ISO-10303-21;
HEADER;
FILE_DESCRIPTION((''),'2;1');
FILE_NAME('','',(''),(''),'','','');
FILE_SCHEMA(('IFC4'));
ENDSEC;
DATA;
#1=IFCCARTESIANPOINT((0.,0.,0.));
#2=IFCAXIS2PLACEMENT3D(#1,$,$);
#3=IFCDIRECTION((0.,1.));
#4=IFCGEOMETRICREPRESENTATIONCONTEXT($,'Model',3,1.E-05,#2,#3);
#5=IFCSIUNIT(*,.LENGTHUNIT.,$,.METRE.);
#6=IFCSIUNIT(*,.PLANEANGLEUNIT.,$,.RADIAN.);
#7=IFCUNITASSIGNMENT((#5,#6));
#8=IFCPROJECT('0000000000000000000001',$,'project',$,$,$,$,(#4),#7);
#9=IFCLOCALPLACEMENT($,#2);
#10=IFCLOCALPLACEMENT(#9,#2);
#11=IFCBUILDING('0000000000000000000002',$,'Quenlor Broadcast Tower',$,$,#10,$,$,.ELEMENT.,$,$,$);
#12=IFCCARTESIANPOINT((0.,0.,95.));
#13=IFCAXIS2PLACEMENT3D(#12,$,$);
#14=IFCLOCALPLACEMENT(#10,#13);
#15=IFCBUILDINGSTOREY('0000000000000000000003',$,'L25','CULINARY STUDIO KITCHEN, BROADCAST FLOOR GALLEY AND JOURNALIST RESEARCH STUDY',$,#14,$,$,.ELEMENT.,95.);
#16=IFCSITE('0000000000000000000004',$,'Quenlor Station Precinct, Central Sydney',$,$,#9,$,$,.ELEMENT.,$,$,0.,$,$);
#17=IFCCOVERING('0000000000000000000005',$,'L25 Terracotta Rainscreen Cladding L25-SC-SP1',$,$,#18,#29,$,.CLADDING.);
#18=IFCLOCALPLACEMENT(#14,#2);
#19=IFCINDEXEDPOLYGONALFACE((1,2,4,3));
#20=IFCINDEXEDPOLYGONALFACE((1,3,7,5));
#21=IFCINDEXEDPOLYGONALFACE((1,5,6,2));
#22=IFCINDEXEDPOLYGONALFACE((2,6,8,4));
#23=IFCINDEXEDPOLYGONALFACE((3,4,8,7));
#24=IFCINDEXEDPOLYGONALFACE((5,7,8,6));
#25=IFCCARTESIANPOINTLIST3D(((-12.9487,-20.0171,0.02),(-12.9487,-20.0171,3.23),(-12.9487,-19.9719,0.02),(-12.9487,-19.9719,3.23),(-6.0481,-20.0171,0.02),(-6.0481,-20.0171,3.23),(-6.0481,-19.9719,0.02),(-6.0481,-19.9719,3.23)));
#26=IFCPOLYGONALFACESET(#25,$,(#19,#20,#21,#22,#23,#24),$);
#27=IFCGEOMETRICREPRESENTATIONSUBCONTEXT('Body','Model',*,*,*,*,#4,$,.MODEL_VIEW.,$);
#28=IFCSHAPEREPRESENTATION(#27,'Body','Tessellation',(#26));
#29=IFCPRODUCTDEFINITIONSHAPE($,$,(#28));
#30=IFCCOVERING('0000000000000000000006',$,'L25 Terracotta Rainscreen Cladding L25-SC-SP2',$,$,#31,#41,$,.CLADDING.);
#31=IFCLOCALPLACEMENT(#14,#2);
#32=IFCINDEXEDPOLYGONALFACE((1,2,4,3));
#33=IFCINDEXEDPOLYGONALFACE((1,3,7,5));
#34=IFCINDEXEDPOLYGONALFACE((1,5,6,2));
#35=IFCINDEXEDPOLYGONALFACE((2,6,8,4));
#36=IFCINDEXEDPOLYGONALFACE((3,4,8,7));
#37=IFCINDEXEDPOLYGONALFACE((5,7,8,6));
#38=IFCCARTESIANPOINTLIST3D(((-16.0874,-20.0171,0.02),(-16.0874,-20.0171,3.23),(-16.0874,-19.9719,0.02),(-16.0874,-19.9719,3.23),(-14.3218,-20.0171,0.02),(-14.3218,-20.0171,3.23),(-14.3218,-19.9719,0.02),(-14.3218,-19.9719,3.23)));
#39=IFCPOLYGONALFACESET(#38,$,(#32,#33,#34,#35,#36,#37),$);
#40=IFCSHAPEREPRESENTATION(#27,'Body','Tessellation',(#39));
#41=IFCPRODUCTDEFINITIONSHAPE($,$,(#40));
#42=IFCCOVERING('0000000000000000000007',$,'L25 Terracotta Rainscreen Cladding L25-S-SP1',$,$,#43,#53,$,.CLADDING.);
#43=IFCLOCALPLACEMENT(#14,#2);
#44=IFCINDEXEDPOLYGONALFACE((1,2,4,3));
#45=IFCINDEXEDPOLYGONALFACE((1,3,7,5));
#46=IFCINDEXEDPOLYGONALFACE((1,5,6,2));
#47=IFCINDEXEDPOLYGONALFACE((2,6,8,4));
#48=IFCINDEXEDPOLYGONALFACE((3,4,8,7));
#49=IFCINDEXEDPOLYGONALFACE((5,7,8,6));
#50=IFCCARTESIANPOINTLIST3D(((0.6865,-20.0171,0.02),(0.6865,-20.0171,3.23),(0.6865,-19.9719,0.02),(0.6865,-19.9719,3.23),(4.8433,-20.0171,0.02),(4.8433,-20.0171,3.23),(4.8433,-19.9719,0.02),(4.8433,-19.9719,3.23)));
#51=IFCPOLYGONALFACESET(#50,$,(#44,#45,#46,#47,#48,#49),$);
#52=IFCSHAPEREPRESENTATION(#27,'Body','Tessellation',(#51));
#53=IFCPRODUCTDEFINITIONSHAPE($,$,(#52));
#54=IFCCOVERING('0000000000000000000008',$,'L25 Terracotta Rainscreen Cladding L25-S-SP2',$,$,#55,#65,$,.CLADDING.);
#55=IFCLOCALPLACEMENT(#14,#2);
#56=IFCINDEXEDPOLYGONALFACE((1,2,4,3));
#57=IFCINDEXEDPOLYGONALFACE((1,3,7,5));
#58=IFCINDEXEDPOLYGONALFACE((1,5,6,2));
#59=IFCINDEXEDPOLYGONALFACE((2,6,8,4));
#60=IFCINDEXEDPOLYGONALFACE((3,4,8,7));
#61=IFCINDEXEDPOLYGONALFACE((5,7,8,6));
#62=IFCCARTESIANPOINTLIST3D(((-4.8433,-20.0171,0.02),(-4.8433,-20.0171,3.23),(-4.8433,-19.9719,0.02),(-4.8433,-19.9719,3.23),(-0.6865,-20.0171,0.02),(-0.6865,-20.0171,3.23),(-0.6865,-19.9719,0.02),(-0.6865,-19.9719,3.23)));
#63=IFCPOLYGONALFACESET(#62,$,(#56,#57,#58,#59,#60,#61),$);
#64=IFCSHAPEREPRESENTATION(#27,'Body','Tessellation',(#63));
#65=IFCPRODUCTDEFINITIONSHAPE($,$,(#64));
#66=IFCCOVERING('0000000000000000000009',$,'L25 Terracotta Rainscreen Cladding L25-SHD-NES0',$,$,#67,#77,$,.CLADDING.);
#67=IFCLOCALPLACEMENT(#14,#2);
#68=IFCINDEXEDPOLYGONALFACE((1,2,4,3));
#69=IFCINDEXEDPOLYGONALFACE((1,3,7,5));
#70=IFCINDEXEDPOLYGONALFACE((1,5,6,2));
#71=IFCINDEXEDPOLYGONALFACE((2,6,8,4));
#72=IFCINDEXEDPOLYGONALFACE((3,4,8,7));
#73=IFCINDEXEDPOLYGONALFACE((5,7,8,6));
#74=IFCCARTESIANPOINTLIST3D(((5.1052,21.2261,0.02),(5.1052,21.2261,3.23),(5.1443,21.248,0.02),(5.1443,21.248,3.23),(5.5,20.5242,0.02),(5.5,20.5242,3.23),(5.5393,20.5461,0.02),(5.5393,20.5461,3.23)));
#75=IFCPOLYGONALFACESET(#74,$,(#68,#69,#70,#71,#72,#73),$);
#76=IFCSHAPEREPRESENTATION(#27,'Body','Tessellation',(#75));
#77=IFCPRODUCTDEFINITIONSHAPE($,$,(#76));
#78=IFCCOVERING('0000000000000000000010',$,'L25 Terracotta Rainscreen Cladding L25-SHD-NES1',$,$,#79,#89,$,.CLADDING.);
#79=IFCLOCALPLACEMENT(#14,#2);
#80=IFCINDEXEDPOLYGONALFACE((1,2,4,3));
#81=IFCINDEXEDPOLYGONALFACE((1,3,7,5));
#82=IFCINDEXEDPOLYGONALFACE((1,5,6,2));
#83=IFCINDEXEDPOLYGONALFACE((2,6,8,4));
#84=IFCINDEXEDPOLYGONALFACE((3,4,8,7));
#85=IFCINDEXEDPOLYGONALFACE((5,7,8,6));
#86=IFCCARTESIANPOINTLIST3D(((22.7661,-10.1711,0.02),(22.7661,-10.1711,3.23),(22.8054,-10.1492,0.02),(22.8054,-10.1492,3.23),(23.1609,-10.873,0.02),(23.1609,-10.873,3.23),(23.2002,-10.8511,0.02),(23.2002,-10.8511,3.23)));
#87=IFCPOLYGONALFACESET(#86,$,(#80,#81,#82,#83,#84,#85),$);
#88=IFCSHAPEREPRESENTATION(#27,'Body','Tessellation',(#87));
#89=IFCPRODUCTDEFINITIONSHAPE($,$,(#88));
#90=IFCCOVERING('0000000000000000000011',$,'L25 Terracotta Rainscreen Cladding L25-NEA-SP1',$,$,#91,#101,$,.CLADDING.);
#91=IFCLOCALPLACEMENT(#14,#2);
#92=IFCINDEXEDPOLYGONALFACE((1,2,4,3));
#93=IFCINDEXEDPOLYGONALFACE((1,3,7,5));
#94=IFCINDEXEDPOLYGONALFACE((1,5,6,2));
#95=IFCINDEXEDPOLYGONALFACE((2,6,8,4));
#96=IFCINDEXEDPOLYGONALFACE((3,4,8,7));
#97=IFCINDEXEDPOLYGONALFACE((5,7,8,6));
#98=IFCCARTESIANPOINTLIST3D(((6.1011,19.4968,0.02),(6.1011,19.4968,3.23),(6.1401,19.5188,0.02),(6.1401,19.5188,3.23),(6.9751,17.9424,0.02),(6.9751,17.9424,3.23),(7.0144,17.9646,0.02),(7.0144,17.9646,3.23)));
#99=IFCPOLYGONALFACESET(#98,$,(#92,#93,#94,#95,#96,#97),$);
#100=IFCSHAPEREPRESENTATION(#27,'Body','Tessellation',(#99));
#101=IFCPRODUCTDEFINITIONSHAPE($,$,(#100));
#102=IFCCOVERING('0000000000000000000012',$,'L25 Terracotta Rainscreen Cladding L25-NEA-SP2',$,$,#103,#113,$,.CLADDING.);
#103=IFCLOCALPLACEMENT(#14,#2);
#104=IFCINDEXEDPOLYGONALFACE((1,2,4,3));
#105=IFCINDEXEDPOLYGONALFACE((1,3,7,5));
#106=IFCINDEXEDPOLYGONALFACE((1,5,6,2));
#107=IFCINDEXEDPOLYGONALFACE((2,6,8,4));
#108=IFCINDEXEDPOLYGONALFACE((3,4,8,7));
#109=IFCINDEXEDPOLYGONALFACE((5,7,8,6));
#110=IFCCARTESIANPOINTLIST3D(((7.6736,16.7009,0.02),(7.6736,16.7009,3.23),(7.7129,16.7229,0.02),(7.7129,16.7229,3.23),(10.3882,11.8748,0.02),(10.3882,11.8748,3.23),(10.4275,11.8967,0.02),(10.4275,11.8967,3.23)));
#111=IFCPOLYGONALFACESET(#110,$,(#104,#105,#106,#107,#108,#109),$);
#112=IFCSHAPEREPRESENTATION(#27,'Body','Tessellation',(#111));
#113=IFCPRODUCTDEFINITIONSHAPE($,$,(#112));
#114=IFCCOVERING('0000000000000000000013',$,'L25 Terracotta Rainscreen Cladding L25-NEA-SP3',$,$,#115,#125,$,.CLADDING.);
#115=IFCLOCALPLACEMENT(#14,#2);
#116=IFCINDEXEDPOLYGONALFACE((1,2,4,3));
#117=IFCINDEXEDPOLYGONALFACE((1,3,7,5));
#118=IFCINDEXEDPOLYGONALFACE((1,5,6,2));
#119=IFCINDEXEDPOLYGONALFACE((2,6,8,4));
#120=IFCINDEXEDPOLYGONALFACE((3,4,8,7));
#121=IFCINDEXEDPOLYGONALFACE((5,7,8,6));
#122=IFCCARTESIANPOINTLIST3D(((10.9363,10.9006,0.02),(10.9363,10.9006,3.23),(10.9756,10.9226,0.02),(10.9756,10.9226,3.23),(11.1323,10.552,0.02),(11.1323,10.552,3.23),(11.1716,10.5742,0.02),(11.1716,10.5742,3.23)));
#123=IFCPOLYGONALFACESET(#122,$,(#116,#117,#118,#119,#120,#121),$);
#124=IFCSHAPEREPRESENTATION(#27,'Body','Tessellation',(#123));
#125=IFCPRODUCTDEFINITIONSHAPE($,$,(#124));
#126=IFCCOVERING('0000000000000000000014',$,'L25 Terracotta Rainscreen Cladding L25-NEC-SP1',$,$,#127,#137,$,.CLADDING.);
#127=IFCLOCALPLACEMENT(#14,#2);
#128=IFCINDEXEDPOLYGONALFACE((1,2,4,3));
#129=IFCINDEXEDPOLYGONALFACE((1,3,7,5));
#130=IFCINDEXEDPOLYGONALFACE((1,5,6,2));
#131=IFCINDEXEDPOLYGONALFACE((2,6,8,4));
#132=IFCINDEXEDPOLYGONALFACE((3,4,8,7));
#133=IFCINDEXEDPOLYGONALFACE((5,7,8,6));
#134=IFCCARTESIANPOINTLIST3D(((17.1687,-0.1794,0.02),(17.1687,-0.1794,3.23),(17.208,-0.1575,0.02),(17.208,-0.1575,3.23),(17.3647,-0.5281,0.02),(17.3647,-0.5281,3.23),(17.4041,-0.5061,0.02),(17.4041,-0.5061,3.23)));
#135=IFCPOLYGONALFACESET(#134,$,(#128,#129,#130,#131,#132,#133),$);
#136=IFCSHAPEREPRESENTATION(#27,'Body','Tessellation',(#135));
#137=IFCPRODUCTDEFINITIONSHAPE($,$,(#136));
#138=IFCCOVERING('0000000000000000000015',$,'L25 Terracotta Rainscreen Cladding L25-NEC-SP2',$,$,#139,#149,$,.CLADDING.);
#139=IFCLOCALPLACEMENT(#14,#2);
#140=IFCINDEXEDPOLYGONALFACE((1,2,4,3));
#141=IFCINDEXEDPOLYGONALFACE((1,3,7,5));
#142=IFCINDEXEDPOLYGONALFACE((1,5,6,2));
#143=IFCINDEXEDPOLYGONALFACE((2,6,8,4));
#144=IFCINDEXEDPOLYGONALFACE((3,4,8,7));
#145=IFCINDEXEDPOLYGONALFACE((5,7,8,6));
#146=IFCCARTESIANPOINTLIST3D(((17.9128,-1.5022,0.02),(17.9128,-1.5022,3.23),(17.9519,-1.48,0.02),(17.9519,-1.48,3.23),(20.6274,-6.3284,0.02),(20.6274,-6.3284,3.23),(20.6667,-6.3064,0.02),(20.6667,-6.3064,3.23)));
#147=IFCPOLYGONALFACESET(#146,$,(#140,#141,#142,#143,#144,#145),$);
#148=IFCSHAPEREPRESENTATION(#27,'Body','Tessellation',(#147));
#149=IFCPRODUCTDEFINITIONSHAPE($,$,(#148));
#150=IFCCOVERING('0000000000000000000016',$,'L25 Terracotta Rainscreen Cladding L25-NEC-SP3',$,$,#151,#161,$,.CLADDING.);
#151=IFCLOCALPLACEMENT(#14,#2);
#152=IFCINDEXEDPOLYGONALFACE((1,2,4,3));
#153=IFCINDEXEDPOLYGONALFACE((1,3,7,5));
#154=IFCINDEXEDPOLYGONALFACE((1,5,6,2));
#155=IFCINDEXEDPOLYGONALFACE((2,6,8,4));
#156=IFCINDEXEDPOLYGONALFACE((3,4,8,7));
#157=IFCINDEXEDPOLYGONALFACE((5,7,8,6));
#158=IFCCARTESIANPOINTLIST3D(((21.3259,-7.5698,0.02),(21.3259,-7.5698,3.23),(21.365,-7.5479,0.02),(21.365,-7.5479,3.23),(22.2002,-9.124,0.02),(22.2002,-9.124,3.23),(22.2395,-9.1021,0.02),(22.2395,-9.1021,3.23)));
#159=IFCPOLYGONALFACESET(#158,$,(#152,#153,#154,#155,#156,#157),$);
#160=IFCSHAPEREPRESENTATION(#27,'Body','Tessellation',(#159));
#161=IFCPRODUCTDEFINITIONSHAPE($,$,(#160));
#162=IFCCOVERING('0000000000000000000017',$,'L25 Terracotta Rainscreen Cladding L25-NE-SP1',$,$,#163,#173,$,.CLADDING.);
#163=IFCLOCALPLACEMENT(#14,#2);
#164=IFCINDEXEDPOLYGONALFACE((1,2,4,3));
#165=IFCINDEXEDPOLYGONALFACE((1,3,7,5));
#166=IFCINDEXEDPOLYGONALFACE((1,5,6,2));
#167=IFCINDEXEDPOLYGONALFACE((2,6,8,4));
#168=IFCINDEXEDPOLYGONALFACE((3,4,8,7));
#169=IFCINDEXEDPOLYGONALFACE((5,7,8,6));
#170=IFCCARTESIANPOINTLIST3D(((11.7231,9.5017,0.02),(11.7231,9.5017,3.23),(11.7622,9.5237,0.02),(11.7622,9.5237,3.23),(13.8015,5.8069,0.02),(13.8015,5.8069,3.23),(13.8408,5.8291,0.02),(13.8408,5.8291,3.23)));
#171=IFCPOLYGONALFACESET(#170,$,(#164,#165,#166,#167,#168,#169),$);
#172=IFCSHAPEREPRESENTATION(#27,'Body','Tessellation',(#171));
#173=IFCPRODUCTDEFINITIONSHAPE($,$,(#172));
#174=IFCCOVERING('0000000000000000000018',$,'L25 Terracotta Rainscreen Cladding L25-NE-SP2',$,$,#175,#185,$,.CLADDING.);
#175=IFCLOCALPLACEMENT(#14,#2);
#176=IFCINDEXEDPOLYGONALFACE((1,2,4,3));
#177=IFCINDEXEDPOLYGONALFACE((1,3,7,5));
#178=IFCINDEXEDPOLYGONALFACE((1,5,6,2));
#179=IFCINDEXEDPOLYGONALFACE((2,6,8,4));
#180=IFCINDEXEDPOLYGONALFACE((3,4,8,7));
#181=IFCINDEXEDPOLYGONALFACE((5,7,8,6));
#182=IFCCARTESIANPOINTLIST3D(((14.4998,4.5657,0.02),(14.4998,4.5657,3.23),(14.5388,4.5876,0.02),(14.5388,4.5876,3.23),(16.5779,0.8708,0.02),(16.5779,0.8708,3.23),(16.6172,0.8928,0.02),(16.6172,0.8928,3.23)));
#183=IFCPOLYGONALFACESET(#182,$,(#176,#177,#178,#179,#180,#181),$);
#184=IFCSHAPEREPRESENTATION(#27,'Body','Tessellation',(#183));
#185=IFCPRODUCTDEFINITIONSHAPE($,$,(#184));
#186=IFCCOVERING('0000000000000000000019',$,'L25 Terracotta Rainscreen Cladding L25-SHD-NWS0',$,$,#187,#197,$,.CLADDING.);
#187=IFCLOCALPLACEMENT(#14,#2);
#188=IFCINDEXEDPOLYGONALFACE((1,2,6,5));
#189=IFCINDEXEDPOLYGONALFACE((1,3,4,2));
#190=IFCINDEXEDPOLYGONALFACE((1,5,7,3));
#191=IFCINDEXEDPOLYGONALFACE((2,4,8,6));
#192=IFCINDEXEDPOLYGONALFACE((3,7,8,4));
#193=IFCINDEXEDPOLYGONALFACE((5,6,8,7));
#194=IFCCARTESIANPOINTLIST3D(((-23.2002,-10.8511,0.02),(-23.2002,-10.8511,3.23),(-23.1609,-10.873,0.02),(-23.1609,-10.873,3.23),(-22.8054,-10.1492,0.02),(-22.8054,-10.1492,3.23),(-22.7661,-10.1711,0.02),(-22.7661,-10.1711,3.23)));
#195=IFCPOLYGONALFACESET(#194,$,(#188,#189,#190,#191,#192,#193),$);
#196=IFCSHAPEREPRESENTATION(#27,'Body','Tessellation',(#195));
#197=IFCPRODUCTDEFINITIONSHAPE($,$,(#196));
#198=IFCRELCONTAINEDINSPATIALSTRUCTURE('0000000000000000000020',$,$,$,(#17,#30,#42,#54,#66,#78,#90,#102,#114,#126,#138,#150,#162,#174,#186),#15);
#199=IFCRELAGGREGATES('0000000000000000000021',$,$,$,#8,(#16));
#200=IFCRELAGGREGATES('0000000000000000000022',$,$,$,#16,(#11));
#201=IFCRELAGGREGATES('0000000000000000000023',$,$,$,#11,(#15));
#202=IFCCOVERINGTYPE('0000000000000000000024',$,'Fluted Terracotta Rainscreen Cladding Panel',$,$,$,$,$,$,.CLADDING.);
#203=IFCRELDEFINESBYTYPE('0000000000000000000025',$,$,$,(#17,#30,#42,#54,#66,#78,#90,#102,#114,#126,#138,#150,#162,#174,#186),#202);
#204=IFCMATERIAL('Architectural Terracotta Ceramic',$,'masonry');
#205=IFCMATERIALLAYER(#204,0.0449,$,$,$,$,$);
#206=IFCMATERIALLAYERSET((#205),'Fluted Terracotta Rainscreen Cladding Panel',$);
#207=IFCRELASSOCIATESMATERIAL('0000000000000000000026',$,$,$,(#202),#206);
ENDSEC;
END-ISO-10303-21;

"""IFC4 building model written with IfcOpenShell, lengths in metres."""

from ifc_helpers import new_model, si_unit, direction, frame, origin, place, context, subcontext, project, spatial, polyline, outline, extrude, material, layer, layer_set, type_object, element, save


model = new_model("IFC4")

# Units and contexts
model_context = context("Model", 3, precision=1e-05, world=origin(), true_north=direction((0.0, 1.0)))
body_context = subcontext(model_context, "Body", "Model", "MODEL_VIEW")
ifc_project = project(units=[si_unit("LENGTHUNIT", "METRE"), si_unit("PLANEANGLEUNIT", "RADIAN")], contexts=[model_context])

# Site, building, storey
site_placement = place(None, origin())
site = spatial("IfcSite", under=ifc_project, at=site_placement, Name="Quenlor Station Precinct, Central Sydney", CompositionType="ELEMENT", RefElevation=0.0)
building_placement = place(site_placement, origin())
building = spatial("IfcBuilding", under=site, at=building_placement, Name="Quenlor Broadcast Tower", CompositionType="ELEMENT")
storey_placement = place(building_placement, frame((0.0, 0.0, 95.0)))
storey = spatial("IfcBuildingStorey", under=building, at=storey_placement, Name="L25", Description="CULINARY STUDIO KITCHEN, BROADCAST FLOOR GALLEY AND JOURNALIST RESEARCH STUDY", CompositionType="ELEMENT", Elevation=95.0)

# Coverings
ifc_material = material(Name="Architectural Terracotta Ceramic", Category="masonry")
ifc_layer = layer(ifc_material, 0.0449)
ifc_layer_set = layer_set([ifc_layer], Name="Fluted Terracotta Rainscreen Cladding Panel")
covering_type = type_object("IfcCoveringType", Name="Fluted Terracotta Rainscreen Cladding Panel", PredefinedType="CLADDING", material=ifc_layer_set)
covering_1_placement = place(storey_placement, frame((0.0, 0.0, 0.02)))
element("IfcCovering", 1, at=covering_1_placement, inside=storey, type_object=covering_type, Name="L25 Terracotta Rainscreen Cladding L25-SC-SP1", PredefinedType="CLADDING", context=body_context, shape_type="SweptSolid", body=[
    extrude(outline(polyline([(-6.0481, -19.9719), (-12.9487, -19.9719), (-12.9487, -20.0171), (-6.0481, -20.0171), (-6.0481, -19.9719)])), origin(), (0.0, 0.0, 1.0), 3.21),
])
covering_2_placement = place(storey_placement, frame((0.0, 0.0, 0.02)))
element("IfcCovering", 2, at=covering_2_placement, inside=storey, type_object=covering_type, Name="L25 Terracotta Rainscreen Cladding L25-SC-SP2", PredefinedType="CLADDING", context=body_context, shape_type="SweptSolid", body=[
    extrude(outline(polyline([(-14.3218, -19.9719), (-16.0874, -19.9719), (-16.0874, -20.0171), (-14.3218, -20.0171), (-14.3218, -19.9719)])), origin(), (0.0, 0.0, 1.0), 3.21),
])
covering_3_placement = place(storey_placement, frame((0.0, 0.0, 0.02)))
element("IfcCovering", 3, at=covering_3_placement, inside=storey, type_object=covering_type, Name="L25 Terracotta Rainscreen Cladding L25-S-SP1", PredefinedType="CLADDING", context=body_context, shape_type="SweptSolid", body=[
    extrude(outline(polyline([(4.8433, -19.9719), (0.6865, -19.9719), (0.6865, -20.0171), (4.8433, -20.0171), (4.8433, -19.9719)])), origin(), (0.0, 0.0, 1.0), 3.21),
])
covering_4_placement = place(storey_placement, frame((0.0, 0.0, 0.02)))
element("IfcCovering", 4, at=covering_4_placement, inside=storey, type_object=covering_type, Name="L25 Terracotta Rainscreen Cladding L25-S-SP2", PredefinedType="CLADDING", context=body_context, shape_type="SweptSolid", body=[
    extrude(outline(polyline([(-0.6865, -19.9719), (-4.8433, -19.9719), (-4.8433, -20.0171), (-0.6865, -20.0171), (-0.6865, -19.9719)])), origin(), (0.0, 0.0, 1.0), 3.21),
])
covering_5_placement = place(storey_placement, frame((0.0, 0.0, 0.02)))
element("IfcCovering", 5, at=covering_5_placement, inside=storey, type_object=covering_type, Name="L25 Terracotta Rainscreen Cladding L25-SHD-NES0", PredefinedType="CLADDING", context=body_context, shape_type="SweptSolid", body=[
    extrude(outline(polyline([(5.1052, 21.2261), (5.5, 20.5242), (5.5393, 20.5461), (5.1443, 21.248), (5.1052, 21.2261)])), origin(), (0.0, 0.0, 1.0), 3.21),
])
covering_6_placement = place(storey_placement, frame((0.0, 0.0, 0.02)))
element("IfcCovering", 6, at=covering_6_placement, inside=storey, type_object=covering_type, Name="L25 Terracotta Rainscreen Cladding L25-SHD-NES1", PredefinedType="CLADDING", context=body_context, shape_type="SweptSolid", body=[
    extrude(outline(polyline([(22.7661, -10.1711), (23.1609, -10.873), (23.2002, -10.8511), (22.8054, -10.1492), (22.7661, -10.1711)])), origin(), (0.0, 0.0, 1.0), 3.21),
])
covering_7_placement = place(storey_placement, frame((0.0, 0.0, 0.02)))
element("IfcCovering", 7, at=covering_7_placement, inside=storey, type_object=covering_type, Name="L25 Terracotta Rainscreen Cladding L25-NEA-SP1", PredefinedType="CLADDING", context=body_context, shape_type="SweptSolid", body=[
    extrude(outline(polyline([(6.1011, 19.4968), (6.9751, 17.9424), (7.0144, 17.9646), (6.1401, 19.5188), (6.1011, 19.4968)])), origin(), (0.0, 0.0, 1.0), 3.21),
])
covering_8_placement = place(storey_placement, frame((0.0, 0.0, 0.02)))
element("IfcCovering", 8, at=covering_8_placement, inside=storey, type_object=covering_type, Name="L25 Terracotta Rainscreen Cladding L25-NEA-SP2", PredefinedType="CLADDING", context=body_context, shape_type="SweptSolid", body=[
    extrude(outline(polyline([(7.6736, 16.7009), (10.3882, 11.8748), (10.4275, 11.8967), (7.7129, 16.7229), (7.6736, 16.7009)])), origin(), (0.0, 0.0, 1.0), 3.21),
])
covering_9_placement = place(storey_placement, frame((0.0, 0.0, 0.02)))
element("IfcCovering", 9, at=covering_9_placement, inside=storey, type_object=covering_type, Name="L25 Terracotta Rainscreen Cladding L25-NEA-SP3", PredefinedType="CLADDING", context=body_context, shape_type="SweptSolid", body=[
    extrude(outline(polyline([(10.9363, 10.9006), (11.1323, 10.552), (11.1716, 10.5742), (10.9756, 10.9226), (10.9363, 10.9006)])), origin(), (0.0, 0.0, 1.0), 3.21),
])
covering_10_placement = place(storey_placement, frame((0.0, 0.0, 0.02)))
element("IfcCovering", 10, at=covering_10_placement, inside=storey, type_object=covering_type, Name="L25 Terracotta Rainscreen Cladding L25-NEC-SP1", PredefinedType="CLADDING", context=body_context, shape_type="SweptSolid", body=[
    extrude(outline(polyline([(17.1687, -0.1794), (17.3647, -0.5281), (17.4041, -0.5061), (17.208, -0.1575), (17.1687, -0.1794)])), origin(), (0.0, 0.0, 1.0), 3.21),
])
covering_11_placement = place(storey_placement, frame((0.0, 0.0, 0.02)))
element("IfcCovering", 11, at=covering_11_placement, inside=storey, type_object=covering_type, Name="L25 Terracotta Rainscreen Cladding L25-NEC-SP2", PredefinedType="CLADDING", context=body_context, shape_type="SweptSolid", body=[
    extrude(outline(polyline([(17.9128, -1.5022), (20.6274, -6.3284), (20.6667, -6.3064), (17.9519, -1.48), (17.9128, -1.5022)])), origin(), (0.0, 0.0, 1.0), 3.21),
])
covering_12_placement = place(storey_placement, frame((0.0, 0.0, 0.02)))
element("IfcCovering", 12, at=covering_12_placement, inside=storey, type_object=covering_type, Name="L25 Terracotta Rainscreen Cladding L25-NEC-SP3", PredefinedType="CLADDING", context=body_context, shape_type="SweptSolid", body=[
    extrude(outline(polyline([(21.3259, -7.5698), (22.2002, -9.124), (22.2395, -9.1021), (21.365, -7.5479), (21.3259, -7.5698)])), origin(), (0.0, 0.0, 1.0), 3.21),
])
covering_13_placement = place(storey_placement, frame((0.0, 0.0, 0.02)))
element("IfcCovering", 13, at=covering_13_placement, inside=storey, type_object=covering_type, Name="L25 Terracotta Rainscreen Cladding L25-NE-SP1", PredefinedType="CLADDING", context=body_context, shape_type="SweptSolid", body=[
    extrude(outline(polyline([(11.7231, 9.5017), (13.8015, 5.8069), (13.8408, 5.8291), (11.7622, 9.5237), (11.7231, 9.5017)])), origin(), (0.0, 0.0, 1.0), 3.21),
])
covering_14_placement = place(storey_placement, frame((0.0, 0.0, 0.02)))
element("IfcCovering", 14, at=covering_14_placement, inside=storey, type_object=covering_type, Name="L25 Terracotta Rainscreen Cladding L25-NE-SP2", PredefinedType="CLADDING", context=body_context, shape_type="SweptSolid", body=[
    extrude(outline(polyline([(14.4998, 4.5657), (16.5779, 0.8708), (16.6172, 0.8928), (14.5388, 4.5876), (14.4998, 4.5657)])), origin(), (0.0, 0.0, 1.0), 3.21),
])
covering_15_placement = place(storey_placement, frame((0.0, 0.0, 0.02)))
element("IfcCovering", 15, at=covering_15_placement, inside=storey, type_object=covering_type, Name="L25 Terracotta Rainscreen Cladding L25-SHD-NWS0", PredefinedType="CLADDING", context=body_context, shape_type="SweptSolid", body=[
    extrude(outline(polyline([(-23.1609, -10.873), (-22.7661, -10.1711), (-22.8054, -10.1492), (-23.2002, -10.8511), (-23.1609, -10.873)])), origin(), (0.0, 0.0, 1.0), 3.21),
])

save(model, "model.ifc")
